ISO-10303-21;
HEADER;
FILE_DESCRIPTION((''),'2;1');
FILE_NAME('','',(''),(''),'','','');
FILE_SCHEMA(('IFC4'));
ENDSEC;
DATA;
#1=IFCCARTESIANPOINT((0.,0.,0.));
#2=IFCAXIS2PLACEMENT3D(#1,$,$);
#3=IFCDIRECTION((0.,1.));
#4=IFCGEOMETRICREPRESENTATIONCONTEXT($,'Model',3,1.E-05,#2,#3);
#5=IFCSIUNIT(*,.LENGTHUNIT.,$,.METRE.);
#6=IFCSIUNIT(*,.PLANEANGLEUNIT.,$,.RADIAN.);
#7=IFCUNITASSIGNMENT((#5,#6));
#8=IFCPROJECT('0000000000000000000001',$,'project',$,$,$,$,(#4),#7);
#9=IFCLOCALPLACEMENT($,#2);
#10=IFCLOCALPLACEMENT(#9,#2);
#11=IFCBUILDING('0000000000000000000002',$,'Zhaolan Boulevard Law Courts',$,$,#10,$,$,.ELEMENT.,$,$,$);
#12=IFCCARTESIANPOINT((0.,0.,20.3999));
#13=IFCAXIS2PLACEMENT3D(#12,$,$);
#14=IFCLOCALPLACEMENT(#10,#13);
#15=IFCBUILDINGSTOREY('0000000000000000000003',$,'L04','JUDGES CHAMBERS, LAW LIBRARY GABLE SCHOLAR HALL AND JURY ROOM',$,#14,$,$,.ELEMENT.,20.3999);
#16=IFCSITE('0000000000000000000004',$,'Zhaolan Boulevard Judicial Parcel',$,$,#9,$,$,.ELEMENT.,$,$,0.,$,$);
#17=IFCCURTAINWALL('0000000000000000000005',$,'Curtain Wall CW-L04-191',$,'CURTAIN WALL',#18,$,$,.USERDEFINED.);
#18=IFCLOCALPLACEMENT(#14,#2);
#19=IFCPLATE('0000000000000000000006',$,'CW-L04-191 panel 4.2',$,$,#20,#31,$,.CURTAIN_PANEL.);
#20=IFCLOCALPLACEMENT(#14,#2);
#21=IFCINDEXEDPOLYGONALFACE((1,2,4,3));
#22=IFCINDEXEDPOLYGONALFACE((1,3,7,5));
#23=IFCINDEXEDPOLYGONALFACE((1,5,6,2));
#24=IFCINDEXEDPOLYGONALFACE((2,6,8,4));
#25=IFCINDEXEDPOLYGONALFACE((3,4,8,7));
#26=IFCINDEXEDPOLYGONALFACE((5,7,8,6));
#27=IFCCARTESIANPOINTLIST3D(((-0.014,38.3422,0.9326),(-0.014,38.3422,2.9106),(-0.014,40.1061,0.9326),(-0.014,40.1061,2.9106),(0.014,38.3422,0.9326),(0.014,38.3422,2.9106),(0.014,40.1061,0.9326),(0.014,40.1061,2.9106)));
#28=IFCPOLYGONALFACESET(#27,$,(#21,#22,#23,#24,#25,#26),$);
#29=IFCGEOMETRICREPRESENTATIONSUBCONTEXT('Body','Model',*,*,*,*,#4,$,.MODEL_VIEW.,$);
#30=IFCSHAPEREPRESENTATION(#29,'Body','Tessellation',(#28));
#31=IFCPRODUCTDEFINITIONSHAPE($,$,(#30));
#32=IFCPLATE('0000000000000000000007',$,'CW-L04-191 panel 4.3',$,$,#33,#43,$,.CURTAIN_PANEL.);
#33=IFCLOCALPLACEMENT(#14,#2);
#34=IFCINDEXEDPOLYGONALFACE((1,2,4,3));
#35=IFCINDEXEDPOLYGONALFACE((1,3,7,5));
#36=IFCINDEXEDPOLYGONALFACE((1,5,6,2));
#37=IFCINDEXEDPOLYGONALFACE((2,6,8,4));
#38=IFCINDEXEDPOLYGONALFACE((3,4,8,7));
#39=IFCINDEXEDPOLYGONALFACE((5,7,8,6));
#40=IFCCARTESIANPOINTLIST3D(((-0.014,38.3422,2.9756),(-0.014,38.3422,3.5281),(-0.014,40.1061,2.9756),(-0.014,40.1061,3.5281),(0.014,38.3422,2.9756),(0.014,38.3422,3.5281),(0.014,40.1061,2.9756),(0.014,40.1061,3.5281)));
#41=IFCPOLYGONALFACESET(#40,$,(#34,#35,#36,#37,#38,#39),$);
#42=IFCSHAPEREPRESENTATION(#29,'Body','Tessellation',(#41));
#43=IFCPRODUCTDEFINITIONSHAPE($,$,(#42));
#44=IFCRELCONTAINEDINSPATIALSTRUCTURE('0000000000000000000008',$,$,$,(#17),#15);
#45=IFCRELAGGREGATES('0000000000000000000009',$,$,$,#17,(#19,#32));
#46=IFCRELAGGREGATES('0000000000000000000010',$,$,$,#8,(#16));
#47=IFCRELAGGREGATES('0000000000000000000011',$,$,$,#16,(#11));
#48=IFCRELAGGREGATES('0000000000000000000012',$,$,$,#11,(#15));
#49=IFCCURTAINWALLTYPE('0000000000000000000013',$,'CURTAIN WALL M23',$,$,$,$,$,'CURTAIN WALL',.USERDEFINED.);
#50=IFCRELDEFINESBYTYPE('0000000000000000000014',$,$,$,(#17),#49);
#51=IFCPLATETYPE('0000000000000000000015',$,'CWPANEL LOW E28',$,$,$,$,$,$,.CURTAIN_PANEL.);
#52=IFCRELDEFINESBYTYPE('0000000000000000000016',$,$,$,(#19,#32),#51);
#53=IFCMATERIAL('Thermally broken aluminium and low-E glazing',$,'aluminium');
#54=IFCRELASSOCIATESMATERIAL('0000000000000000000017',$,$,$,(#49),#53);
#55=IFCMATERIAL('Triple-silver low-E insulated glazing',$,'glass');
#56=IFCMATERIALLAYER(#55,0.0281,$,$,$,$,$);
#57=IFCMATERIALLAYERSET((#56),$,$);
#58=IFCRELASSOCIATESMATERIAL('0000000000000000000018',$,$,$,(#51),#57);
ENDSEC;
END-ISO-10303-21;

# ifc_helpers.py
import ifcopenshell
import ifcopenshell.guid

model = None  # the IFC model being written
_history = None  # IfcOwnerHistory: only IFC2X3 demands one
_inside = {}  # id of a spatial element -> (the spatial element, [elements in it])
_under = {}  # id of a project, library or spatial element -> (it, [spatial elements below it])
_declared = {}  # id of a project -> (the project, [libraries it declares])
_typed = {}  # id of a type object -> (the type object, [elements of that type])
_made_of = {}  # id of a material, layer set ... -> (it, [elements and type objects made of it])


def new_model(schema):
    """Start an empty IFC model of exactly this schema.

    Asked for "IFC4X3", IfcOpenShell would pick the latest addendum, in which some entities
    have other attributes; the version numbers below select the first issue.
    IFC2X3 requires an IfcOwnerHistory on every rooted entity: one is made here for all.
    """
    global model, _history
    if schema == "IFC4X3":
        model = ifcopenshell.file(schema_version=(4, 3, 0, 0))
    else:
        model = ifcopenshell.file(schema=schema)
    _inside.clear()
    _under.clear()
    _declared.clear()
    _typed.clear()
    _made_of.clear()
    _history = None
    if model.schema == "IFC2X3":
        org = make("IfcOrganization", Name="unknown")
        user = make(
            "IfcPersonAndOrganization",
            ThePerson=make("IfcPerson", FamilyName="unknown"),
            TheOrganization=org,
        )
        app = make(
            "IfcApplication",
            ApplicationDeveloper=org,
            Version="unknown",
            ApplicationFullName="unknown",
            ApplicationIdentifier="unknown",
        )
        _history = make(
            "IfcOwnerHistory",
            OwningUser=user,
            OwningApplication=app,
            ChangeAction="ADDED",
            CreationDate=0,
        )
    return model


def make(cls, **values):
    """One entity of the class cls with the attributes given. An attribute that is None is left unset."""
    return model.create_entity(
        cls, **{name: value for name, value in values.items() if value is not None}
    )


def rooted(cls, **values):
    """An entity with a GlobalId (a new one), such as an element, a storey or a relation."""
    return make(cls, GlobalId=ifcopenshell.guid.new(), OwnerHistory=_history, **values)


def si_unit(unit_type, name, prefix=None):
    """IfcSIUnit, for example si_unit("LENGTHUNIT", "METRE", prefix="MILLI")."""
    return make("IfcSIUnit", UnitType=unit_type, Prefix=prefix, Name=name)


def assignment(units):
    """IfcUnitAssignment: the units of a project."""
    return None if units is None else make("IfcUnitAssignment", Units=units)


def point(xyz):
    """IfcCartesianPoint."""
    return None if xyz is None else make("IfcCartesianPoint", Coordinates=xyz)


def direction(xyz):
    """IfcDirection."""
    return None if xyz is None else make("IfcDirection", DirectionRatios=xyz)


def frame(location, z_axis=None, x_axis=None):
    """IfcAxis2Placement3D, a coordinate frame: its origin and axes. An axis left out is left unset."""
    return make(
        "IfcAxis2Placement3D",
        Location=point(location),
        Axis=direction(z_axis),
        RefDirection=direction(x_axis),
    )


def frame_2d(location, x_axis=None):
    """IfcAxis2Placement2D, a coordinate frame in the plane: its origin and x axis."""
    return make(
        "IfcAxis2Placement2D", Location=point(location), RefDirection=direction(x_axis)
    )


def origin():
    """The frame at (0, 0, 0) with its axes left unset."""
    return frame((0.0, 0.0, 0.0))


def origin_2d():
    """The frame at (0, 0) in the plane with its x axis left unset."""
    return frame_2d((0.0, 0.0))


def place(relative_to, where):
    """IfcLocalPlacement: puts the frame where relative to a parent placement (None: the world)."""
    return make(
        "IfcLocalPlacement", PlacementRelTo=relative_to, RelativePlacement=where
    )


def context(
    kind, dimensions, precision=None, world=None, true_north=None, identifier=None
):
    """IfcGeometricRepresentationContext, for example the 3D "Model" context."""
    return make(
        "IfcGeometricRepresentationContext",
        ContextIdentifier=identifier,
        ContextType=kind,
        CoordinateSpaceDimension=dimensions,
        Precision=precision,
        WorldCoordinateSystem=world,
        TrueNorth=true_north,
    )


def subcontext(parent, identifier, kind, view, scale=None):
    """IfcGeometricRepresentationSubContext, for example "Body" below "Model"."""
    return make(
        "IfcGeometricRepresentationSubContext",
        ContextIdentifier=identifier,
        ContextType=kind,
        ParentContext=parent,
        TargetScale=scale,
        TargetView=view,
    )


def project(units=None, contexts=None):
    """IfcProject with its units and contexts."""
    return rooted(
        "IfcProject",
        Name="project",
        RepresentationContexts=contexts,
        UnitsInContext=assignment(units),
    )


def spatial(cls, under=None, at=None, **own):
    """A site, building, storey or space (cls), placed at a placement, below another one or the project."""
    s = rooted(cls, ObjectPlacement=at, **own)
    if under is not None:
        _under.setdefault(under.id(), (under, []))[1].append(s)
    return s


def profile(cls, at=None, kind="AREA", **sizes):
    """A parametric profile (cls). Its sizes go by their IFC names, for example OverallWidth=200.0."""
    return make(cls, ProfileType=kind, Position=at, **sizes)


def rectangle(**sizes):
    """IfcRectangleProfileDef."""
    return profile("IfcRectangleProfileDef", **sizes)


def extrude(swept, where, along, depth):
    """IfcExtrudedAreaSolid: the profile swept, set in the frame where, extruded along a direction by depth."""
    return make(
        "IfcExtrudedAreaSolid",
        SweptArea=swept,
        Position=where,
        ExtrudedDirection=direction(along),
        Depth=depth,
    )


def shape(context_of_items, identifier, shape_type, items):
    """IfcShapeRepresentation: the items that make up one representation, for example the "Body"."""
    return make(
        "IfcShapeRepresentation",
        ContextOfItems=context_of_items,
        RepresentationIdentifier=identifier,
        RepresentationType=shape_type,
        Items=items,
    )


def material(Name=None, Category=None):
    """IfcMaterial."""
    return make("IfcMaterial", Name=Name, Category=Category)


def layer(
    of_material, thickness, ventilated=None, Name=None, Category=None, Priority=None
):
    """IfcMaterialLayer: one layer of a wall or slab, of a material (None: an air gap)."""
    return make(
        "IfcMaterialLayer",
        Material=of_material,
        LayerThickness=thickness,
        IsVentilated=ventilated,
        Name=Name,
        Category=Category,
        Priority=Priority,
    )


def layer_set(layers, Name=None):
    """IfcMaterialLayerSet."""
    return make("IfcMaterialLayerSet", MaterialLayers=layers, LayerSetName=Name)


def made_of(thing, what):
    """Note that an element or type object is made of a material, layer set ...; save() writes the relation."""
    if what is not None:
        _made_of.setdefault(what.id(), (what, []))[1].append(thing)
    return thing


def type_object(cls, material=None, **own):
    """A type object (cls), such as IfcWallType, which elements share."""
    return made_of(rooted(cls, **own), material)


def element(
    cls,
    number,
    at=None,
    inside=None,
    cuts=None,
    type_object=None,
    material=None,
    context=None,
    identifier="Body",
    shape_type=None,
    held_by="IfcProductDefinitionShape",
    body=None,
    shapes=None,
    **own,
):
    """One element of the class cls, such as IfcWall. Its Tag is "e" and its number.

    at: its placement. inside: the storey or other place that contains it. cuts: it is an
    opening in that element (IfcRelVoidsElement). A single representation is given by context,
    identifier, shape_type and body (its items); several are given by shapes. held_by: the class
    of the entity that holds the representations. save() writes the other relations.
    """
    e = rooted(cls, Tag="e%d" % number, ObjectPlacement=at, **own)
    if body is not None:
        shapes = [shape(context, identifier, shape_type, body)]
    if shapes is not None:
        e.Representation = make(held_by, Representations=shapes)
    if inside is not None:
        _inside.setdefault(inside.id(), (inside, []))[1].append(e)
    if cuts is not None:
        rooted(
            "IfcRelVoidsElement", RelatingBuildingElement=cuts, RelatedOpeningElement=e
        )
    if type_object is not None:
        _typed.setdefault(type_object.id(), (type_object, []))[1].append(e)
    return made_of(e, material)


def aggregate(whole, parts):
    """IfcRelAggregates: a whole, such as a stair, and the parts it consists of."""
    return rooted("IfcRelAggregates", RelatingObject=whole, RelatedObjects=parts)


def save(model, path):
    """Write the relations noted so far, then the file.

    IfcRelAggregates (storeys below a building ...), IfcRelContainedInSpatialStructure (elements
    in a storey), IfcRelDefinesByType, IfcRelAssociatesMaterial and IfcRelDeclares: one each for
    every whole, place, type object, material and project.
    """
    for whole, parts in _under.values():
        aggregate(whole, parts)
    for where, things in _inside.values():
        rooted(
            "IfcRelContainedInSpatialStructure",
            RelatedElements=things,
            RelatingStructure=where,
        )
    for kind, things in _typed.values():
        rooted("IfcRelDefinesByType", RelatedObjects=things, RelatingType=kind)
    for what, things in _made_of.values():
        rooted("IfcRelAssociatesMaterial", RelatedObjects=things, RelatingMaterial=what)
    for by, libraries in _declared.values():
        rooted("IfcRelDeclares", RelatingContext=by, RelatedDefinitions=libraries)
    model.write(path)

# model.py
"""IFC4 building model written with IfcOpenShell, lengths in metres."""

from ifc_helpers import new_model, si_unit, direction, frame, origin, origin_2d, place, context, subcontext, project, spatial, rectangle, extrude, material, layer, layer_set, type_object, element, aggregate, save


model = new_model("IFC4")

# Units and contexts
model_context = context("Model", 3, precision=1e-05, world=origin(), true_north=direction((0.0, 1.0)))
body_context = subcontext(model_context, "Body", "Model", "MODEL_VIEW")
ifc_project = project(units=[si_unit("LENGTHUNIT", "METRE"), si_unit("PLANEANGLEUNIT", "RADIAN")], contexts=[model_context])

# Site, building, storey
site_placement = place(None, origin())
site = spatial("IfcSite", under=ifc_project, at=site_placement, Name="Zhaolan Boulevard Judicial Parcel", CompositionType="ELEMENT", RefElevation=0.0)
building_placement = place(site_placement, origin())
building = spatial("IfcBuilding", under=site, at=building_placement, Name="Zhaolan Boulevard Law Courts", CompositionType="ELEMENT")
storey_placement = place(building_placement, frame((0.0, 0.0, 20.3999)))
storey = spatial("IfcBuildingStorey", under=building, at=storey_placement, Name="L04", Description="JUDGES CHAMBERS, LAW LIBRARY GABLE SCHOLAR HALL AND JURY ROOM", CompositionType="ELEMENT", Elevation=20.3999)

# Curtain wall
ifc_material_1 = material(Name="Thermally broken aluminium and low-E glazing", Category="aluminium")
curtain_wall_type = type_object("IfcCurtainWallType", Name="CURTAIN WALL M23", ElementType="CURTAIN WALL", PredefinedType="USERDEFINED", material=ifc_material_1)
curtain_wall_placement = place(storey_placement, origin())
curtain_wall = element("IfcCurtainWall", 1, at=curtain_wall_placement, inside=storey, type_object=curtain_wall_type, Name="Curtain Wall CW-L04-191", ObjectType="CURTAIN WALL", PredefinedType="USERDEFINED")

# Plates
ifc_material_2 = material(Name="Triple-silver low-E insulated glazing", Category="glass")
ifc_layer = layer(ifc_material_2, 0.0281)
ifc_layer_set = layer_set([ifc_layer])
plate_type = type_object("IfcPlateType", Name="CWPANEL LOW E28", PredefinedType="CURTAIN_PANEL", material=ifc_layer_set)
plate_1_placement = place(storey_placement, frame((0.0, 39.2241, 0.9326), z_axis=(0.0, 0.0, 1.0), x_axis=(0.0, -1.0, 0.0)))
plate_1 = element("IfcPlate", 2, at=plate_1_placement, type_object=plate_type, Name="CW-L04-191 panel 4.2", PredefinedType="CURTAIN_PANEL", context=body_context, shape_type="SweptSolid", body=[
    extrude(rectangle(XDim=1.7639, YDim=0.0281, at=origin_2d()), origin(), (0.0, 0.0, 1.0), 1.978),
])
plate_2_placement = place(storey_placement, frame((0.0, 39.2241, 2.9756), z_axis=(0.0, 0.0, 1.0), x_axis=(0.0, -1.0, 0.0)))
plate_2 = element("IfcPlate", 3, at=plate_2_placement, type_object=plate_type, Name="CW-L04-191 panel 4.3", PredefinedType="CURTAIN_PANEL", context=body_context, shape_type="SweptSolid", body=[
    extrude(rectangle(XDim=1.7639, YDim=0.0281, at=origin_2d()), origin(), (0.0, 0.0, 1.0), 0.5525),
])
aggregate(curtain_wall, [plate_1, plate_2])

save(model, "model.ifc")
